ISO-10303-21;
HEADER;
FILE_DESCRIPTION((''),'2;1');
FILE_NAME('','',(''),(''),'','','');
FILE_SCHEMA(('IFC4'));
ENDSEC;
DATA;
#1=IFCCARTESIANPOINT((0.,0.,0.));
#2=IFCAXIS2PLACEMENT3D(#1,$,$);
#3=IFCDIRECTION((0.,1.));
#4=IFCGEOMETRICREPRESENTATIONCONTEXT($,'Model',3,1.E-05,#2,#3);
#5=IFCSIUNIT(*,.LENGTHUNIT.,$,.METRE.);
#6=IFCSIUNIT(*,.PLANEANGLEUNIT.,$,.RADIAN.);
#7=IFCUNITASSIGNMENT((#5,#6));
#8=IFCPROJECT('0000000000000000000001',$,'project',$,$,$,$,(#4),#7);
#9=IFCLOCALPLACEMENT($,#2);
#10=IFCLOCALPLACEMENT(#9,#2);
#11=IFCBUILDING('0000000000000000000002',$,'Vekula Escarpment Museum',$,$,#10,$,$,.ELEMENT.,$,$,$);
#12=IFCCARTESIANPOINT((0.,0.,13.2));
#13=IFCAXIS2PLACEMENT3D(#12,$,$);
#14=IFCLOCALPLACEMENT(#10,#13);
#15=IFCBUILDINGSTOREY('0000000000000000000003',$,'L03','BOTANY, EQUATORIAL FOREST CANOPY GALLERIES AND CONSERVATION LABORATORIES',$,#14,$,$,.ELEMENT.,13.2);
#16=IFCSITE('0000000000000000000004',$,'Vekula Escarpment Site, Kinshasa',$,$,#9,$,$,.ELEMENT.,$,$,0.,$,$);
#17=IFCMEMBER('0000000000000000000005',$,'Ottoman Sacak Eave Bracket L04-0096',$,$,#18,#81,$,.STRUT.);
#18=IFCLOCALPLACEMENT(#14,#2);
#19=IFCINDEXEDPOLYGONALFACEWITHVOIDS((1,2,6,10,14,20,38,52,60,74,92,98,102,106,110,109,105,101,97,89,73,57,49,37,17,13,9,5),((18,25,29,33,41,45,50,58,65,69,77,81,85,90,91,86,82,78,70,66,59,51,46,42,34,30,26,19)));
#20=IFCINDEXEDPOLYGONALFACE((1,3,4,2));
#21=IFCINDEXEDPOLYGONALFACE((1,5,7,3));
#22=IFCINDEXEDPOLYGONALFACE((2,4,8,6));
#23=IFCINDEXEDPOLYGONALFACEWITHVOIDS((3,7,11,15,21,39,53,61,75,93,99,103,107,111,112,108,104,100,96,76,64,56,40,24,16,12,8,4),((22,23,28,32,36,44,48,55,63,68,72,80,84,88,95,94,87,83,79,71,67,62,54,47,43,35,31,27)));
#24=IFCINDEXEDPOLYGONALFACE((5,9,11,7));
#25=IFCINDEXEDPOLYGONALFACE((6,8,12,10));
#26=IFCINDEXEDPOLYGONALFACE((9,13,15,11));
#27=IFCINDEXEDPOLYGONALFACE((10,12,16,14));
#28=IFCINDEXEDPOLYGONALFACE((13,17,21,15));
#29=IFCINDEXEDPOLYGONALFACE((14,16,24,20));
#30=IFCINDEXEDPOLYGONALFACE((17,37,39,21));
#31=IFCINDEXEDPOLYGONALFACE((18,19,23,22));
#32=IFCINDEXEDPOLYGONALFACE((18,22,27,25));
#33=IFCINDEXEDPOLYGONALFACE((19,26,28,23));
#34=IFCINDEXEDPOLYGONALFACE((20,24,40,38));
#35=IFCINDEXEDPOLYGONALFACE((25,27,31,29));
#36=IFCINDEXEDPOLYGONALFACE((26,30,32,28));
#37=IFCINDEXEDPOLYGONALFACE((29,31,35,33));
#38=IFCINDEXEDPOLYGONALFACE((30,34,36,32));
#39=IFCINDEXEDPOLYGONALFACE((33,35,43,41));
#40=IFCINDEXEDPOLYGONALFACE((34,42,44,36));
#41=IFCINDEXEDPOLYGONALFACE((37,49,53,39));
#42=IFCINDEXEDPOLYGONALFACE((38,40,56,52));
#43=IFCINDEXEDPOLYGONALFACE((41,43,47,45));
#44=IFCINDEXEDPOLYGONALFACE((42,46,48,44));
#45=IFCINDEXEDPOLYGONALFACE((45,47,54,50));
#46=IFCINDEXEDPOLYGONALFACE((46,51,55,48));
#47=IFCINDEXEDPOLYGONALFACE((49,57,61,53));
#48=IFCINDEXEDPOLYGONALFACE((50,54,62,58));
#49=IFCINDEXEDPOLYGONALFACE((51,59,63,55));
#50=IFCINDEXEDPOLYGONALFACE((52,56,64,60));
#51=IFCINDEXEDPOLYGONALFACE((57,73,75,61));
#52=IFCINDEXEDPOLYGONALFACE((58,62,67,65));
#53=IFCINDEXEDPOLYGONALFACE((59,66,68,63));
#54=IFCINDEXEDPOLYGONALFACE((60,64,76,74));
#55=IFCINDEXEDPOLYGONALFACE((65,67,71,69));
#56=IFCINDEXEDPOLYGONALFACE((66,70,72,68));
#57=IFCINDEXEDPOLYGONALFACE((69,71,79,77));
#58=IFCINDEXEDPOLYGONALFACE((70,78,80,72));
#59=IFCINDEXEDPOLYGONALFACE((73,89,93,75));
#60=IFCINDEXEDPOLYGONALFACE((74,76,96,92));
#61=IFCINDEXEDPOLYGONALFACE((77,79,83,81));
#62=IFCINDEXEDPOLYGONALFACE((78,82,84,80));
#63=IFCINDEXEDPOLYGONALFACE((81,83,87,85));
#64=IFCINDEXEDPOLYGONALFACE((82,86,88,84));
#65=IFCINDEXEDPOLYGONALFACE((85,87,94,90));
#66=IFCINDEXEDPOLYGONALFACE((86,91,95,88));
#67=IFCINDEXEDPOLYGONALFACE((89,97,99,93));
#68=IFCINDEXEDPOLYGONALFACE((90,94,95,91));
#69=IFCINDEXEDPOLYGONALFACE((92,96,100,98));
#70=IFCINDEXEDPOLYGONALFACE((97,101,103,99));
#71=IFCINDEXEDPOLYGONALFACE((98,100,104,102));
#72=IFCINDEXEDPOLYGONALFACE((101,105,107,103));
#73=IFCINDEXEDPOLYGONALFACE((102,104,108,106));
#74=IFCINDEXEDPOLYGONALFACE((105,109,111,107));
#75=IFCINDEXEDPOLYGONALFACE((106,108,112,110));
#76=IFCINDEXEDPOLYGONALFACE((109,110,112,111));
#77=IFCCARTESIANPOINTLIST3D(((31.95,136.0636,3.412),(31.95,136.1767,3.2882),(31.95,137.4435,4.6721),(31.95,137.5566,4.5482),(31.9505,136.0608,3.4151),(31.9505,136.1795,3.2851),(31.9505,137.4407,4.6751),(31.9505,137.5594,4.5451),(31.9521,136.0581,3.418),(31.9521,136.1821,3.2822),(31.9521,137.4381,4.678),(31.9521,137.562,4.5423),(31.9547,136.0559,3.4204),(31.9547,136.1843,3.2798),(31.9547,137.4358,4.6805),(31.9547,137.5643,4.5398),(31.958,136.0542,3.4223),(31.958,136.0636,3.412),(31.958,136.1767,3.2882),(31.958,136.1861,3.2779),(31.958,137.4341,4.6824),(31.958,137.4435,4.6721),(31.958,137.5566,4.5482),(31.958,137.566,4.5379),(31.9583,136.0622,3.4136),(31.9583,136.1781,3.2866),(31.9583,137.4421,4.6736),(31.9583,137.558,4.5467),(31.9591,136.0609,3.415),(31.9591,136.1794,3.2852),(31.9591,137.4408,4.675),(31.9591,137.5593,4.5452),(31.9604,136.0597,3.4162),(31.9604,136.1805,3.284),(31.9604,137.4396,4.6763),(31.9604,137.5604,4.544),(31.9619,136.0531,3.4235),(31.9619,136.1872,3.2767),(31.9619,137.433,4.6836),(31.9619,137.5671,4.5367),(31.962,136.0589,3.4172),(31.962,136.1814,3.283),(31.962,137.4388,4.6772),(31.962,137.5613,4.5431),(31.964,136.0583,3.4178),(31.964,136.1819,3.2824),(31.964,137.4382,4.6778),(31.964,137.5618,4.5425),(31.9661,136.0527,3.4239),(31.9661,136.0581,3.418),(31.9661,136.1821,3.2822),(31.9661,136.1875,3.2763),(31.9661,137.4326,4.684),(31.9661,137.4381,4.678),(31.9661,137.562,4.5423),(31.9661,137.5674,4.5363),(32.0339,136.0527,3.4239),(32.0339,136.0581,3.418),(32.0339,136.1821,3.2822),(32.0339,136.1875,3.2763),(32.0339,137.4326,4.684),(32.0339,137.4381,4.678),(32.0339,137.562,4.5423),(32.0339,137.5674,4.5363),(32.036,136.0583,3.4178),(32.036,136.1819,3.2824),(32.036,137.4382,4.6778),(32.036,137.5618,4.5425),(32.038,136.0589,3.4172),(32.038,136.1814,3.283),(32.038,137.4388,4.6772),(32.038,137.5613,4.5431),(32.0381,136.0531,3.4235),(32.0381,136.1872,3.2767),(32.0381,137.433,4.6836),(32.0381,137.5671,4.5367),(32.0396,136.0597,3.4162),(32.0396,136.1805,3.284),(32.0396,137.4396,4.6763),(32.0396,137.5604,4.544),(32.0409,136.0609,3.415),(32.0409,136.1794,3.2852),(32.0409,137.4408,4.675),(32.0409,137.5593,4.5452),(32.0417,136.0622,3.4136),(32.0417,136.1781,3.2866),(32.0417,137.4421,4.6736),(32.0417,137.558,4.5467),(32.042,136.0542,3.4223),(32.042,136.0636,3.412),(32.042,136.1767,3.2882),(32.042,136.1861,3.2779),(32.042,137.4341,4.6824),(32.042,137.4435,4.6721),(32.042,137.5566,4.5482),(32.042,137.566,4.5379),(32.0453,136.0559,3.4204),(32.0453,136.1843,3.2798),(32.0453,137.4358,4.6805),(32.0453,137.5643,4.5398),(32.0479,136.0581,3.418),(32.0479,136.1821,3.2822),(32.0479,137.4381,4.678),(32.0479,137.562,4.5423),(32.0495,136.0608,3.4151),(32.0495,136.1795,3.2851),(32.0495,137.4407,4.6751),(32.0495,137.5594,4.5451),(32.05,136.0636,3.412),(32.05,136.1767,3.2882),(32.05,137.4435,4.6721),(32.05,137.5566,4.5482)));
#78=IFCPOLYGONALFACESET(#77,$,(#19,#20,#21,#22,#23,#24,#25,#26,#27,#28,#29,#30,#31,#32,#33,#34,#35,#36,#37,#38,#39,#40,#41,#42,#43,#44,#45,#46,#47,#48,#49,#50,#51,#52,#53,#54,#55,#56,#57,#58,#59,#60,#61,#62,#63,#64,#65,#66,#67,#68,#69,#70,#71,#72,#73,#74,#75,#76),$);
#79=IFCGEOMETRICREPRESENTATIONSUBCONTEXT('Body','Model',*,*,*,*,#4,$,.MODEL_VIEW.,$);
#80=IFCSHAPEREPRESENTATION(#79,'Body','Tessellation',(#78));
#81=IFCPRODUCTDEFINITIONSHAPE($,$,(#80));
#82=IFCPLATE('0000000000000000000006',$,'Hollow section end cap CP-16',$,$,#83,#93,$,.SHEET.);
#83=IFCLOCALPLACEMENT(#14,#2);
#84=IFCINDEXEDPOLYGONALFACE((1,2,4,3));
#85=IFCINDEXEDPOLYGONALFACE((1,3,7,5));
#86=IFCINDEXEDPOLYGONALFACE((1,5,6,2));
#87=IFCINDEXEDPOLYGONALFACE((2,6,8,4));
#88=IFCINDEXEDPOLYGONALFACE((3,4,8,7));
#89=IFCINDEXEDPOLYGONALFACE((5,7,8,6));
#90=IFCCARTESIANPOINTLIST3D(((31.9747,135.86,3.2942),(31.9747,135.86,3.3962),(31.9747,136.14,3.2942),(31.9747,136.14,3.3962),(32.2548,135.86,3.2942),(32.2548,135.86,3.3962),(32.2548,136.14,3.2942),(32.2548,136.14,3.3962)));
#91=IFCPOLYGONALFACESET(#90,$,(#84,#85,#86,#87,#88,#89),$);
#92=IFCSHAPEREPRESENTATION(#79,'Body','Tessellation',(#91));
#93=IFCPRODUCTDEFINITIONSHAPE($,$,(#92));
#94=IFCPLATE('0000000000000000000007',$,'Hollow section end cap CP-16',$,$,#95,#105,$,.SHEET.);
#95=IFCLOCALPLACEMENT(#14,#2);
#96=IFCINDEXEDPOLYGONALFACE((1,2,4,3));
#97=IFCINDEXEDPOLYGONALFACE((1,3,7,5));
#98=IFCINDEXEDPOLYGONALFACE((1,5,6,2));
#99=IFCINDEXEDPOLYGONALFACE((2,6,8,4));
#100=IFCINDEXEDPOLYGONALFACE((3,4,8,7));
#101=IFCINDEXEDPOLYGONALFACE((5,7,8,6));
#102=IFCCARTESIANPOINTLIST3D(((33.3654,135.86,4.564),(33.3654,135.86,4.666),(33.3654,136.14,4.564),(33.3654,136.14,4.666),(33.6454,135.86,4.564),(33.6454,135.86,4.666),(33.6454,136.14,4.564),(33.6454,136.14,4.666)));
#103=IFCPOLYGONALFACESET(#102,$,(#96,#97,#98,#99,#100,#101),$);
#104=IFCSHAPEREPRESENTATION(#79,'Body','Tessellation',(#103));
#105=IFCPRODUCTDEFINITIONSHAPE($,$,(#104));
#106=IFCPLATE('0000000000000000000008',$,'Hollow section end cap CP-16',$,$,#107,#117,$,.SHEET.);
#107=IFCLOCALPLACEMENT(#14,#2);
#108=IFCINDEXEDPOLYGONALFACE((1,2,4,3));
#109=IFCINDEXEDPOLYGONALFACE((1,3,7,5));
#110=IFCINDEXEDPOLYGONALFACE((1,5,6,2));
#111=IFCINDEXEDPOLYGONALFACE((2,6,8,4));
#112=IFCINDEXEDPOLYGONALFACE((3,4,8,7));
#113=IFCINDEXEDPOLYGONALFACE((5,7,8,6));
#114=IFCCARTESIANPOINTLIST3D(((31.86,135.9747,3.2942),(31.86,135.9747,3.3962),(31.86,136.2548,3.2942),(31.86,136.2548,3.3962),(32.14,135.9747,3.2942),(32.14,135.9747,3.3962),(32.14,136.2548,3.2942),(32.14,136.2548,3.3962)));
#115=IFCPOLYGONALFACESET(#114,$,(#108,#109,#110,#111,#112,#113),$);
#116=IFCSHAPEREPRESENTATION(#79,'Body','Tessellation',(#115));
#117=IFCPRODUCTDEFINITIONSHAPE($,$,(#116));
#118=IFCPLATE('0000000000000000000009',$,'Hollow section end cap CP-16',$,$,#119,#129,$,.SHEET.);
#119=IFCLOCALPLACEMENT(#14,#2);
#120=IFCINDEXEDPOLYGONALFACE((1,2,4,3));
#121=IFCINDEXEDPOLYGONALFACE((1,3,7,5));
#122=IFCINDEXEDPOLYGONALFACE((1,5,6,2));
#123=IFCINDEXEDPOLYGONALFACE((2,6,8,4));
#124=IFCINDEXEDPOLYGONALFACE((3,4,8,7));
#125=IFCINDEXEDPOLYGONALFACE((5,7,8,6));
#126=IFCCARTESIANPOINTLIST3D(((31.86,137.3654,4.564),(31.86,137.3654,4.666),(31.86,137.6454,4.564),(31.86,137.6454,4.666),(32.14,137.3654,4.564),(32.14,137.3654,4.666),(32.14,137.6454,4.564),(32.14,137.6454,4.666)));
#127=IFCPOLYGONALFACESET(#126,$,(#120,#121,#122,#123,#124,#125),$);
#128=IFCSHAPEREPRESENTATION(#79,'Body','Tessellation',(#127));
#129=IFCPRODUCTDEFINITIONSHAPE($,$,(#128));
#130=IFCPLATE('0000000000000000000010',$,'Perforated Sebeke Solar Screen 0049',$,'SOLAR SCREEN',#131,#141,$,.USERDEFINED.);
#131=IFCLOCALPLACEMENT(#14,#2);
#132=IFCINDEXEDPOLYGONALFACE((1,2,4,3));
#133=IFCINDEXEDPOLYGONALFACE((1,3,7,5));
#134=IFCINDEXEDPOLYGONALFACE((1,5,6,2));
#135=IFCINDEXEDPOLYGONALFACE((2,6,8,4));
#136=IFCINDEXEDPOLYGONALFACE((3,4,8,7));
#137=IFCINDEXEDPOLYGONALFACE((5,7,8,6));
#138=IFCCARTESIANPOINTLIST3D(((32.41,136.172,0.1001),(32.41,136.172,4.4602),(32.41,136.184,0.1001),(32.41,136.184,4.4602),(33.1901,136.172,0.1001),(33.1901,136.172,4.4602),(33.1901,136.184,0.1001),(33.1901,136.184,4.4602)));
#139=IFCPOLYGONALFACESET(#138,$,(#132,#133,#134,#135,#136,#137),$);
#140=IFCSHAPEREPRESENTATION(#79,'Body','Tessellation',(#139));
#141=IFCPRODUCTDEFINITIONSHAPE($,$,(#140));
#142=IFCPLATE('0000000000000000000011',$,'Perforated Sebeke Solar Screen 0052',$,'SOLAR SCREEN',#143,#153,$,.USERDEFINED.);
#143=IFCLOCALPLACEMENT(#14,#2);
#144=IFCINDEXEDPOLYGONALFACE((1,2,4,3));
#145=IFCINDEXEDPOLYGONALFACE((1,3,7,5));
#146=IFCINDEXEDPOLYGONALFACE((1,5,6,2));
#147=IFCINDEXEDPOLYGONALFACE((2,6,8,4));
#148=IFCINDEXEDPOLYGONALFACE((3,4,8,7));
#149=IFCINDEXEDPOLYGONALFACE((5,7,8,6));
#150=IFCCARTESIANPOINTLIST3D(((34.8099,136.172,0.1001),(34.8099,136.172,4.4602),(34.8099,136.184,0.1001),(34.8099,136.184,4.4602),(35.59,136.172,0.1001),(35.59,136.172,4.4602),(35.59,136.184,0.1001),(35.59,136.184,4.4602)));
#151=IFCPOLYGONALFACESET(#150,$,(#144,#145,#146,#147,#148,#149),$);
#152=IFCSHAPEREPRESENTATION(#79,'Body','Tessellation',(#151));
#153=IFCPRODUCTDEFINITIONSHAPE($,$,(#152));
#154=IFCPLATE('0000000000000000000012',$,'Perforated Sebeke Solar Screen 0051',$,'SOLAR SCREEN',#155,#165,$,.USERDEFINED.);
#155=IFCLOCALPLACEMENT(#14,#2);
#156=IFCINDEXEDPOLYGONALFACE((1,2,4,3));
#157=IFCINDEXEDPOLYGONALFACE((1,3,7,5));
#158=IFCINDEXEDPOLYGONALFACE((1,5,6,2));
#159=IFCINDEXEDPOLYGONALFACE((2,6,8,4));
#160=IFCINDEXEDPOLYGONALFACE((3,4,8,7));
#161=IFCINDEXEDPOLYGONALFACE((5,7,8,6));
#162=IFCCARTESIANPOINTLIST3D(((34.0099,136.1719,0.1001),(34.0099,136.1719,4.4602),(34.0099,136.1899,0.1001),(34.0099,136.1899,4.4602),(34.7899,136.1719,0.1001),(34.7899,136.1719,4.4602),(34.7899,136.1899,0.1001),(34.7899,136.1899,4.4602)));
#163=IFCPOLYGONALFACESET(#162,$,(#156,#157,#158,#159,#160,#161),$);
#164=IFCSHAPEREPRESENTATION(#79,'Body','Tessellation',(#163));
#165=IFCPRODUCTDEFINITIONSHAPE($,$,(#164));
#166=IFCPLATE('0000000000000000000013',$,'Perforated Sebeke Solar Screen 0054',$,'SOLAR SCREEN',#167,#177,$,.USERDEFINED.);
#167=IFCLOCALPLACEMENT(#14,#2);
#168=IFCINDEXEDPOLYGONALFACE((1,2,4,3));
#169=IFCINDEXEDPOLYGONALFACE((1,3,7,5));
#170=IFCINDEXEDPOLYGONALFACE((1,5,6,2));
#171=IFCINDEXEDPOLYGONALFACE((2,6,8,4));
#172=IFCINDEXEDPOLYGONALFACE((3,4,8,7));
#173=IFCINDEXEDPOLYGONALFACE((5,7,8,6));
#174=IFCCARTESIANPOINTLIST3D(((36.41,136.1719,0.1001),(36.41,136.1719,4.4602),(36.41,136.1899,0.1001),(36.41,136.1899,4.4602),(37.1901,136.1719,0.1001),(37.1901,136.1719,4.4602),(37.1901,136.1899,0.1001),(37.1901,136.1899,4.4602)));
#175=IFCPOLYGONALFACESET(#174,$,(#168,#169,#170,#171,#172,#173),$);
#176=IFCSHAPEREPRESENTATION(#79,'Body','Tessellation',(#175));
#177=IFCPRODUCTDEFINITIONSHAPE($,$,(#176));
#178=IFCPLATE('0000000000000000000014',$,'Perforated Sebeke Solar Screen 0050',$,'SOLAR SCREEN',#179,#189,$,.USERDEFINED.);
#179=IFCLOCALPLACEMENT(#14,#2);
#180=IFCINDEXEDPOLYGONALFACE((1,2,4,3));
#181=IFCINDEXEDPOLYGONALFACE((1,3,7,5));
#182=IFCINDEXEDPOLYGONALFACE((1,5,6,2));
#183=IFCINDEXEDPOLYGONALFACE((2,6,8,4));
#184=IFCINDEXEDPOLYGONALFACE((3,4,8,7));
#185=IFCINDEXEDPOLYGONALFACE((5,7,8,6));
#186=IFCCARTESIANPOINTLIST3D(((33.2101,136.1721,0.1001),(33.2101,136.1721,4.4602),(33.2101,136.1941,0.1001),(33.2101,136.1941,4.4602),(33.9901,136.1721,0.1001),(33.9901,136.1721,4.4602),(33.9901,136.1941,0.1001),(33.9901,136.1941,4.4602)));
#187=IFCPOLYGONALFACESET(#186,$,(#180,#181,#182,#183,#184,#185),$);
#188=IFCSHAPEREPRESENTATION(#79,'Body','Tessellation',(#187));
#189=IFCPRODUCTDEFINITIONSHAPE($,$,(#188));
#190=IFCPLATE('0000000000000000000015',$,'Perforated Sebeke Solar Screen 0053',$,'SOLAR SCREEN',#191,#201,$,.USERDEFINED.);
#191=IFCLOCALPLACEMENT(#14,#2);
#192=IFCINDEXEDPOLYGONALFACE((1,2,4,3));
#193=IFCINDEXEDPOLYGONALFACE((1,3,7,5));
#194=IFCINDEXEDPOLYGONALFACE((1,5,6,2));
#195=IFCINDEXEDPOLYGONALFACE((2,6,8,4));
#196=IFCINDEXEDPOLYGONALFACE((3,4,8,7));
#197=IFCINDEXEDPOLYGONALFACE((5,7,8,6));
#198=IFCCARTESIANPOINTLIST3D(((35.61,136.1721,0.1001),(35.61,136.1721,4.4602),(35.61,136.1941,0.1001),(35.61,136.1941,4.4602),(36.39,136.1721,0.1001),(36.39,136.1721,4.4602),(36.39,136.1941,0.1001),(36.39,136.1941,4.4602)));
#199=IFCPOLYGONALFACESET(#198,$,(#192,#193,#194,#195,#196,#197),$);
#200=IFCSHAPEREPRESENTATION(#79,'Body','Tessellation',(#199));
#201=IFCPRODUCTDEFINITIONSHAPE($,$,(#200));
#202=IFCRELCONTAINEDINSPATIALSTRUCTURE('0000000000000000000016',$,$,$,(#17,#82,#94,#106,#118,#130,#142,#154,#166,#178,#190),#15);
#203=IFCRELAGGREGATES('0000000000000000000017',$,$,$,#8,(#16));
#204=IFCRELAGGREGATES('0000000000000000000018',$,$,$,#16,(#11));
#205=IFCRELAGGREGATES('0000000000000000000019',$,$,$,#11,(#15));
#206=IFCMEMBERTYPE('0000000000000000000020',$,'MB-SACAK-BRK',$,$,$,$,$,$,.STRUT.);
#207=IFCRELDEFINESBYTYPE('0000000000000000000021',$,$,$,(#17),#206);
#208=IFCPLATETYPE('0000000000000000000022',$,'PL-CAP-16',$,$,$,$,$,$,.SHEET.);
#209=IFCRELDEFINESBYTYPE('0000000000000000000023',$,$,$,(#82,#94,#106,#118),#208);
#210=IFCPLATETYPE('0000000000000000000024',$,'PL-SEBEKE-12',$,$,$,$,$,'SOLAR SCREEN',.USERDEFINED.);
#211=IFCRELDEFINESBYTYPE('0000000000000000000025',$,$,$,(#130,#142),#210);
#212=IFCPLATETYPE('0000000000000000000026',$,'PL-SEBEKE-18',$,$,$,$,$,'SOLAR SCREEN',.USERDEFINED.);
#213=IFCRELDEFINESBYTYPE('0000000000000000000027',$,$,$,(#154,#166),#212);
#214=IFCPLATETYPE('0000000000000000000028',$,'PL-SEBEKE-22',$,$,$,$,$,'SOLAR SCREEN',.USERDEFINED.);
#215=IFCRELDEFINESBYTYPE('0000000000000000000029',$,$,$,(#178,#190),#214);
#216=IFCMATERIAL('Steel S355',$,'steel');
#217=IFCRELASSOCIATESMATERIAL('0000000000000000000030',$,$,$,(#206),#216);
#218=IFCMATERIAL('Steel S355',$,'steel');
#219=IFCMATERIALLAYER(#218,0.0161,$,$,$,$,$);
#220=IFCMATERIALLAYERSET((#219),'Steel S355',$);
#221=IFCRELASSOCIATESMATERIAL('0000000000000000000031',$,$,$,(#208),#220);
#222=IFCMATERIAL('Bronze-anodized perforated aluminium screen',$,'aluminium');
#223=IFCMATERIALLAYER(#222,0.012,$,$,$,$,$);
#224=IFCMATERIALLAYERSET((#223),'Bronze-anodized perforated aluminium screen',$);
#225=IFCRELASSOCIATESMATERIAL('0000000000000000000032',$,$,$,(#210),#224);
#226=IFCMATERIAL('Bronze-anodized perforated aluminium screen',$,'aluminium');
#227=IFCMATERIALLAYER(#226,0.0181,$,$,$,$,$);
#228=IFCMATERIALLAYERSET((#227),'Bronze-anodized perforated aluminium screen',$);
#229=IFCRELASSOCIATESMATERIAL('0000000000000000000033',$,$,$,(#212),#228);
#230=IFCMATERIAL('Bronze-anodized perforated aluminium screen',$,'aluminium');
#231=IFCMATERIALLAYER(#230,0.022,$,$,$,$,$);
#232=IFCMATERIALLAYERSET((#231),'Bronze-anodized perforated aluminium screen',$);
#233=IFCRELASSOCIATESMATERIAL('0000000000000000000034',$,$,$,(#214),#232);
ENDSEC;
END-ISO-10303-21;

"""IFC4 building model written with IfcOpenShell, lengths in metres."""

from ifc_helpers import new_model, si_unit, direction, frame, origin, origin_2d, place, context, subcontext, project, spatial, rectangle, hollow_rectangle, extrude, material, layer, layer_set, material_profile, profile_set, type_object, element, save


model = new_model("IFC4")

# Units and contexts
model_context = context("Model", 3, precision=1e-05, world=origin(), true_north=direction((0.0, 1.0)))
body_context = subcontext(model_context, "Body", "Model", "MODEL_VIEW")
ifc_project = project(units=[si_unit("LENGTHUNIT", "METRE"), si_unit("PLANEANGLEUNIT", "RADIAN")], contexts=[model_context])

# Site, building, storey
site_placement = place(None, origin())
site = spatial("IfcSite", under=ifc_project, at=site_placement, Name="Vekula Escarpment Site, Kinshasa", CompositionType="ELEMENT", RefElevation=0.0)
building_placement = place(site_placement, origin())
building = spatial("IfcBuilding", under=site, at=building_placement, Name="Vekula Escarpment Museum", CompositionType="ELEMENT")
storey_placement = place(building_placement, frame((0.0, 0.0, 13.2)))
storey = spatial("IfcBuildingStorey", under=building, at=storey_placement, Name="L03", Description="BOTANY, EQUATORIAL FOREST CANOPY GALLERIES AND CONSERVATION LABORATORIES", CompositionType="ELEMENT", Elevation=13.2)

# Member
ifc_material_1 = material(Name="Steel S355", Category="steel")
ifc_material_profile_1 = material_profile(ifc_material_1, hollow_rectangle(XDim=0.1001, YDim=0.2, WallThickness=0.0081, InnerFilletRadius=0.0081, OuterFilletRadius=0.0161, at=origin_2d()), Name="RHS 200x100x8")
ifc_profile_set_1 = profile_set([ifc_material_profile_1], Name="Steel S355")
member_type = type_object("IfcMemberType", Name="MB-SACAK-BRK", PredefinedType="STRUT", material=ifc_profile_set_1)
for number, where, z_axis, x_axis, name in (
    (1, (32.0, 136.1201, 3.3501), (0.0, 0.738454, 0.674303), (-1.0, 0.0, 0.0), "Ottoman Sacak Eave Bracket L04-0096"),
):
    element("IfcMember", number, at=place(storey_placement, frame(where, z_axis=z_axis, x_axis=x_axis)), inside=storey, type_object=member_type, Name=name, PredefinedType="STRUT", context=body_context, shape_type="SweptSolid", body=[
        extrude(hollow_rectangle(XDim=0.1001, YDim=0.2, WallThickness=0.0081, InnerFilletRadius=0.0081, OuterFilletRadius=0.0161, at=origin_2d()), origin(), (0.0, 0.0, 1.0), 1.8687),
    ])

# Plates
ifc_material_2 = material(Name="Steel S355", Category="steel")
ifc_layer_1 = layer(ifc_material_2, 0.0161)
ifc_layer_set_1 = layer_set([ifc_layer_1], Name="Steel S355")
plate_type_1 = type_object("IfcPlateType", Name="PL-CAP-16", PredefinedType="SHEET", material=ifc_layer_set_1)
for number, where, z_axis, x_axis, name in (
    (2, (32.1147, 136.0, 3.2942), (0.0, 0.0, 1.0), (1.0, 0.0, 0.0), "Hollow section end cap CP-16"),
    (3, (33.5054, 136.0, 4.564), (0.0, 0.0, 1.0), (1.0, 0.0, 0.0), "Hollow section end cap CP-16"),
    (4, (32.0, 136.1147, 3.2942), (0.0, 0.0, 1.0), (1.0, 0.0, 0.0), "Hollow section end cap CP-16"),
    (5, (32.0, 137.5054, 4.564), (0.0, 0.0, 1.0), (1.0, 0.0, 0.0), "Hollow section end cap CP-16"),
):
    element("IfcPlate", number, at=place(storey_placement, frame(where, z_axis=z_axis, x_axis=x_axis)), inside=storey, type_object=plate_type_1, Name=name, PredefinedType="SHEET", context=body_context, shape_type="SweptSolid", body=[
        extrude(rectangle(XDim=0.28, YDim=0.28, at=origin_2d()), origin(), (0.0, 0.0, 1.0), 0.1021),
    ])
ifc_material_3 = material(Name="Bronze-anodized perforated aluminium screen", Category="aluminium")
ifc_layer_2 = layer(ifc_material_3, 0.012)
ifc_layer_set_2 = layer_set([ifc_layer_2], Name="Bronze-anodized perforated aluminium screen")
plate_type_2 = type_object("IfcPlateType", Name="PL-SEBEKE-12", ElementType="SOLAR SCREEN", PredefinedType="USERDEFINED", material=ifc_layer_set_2)
for number, where, z_axis, x_axis, name in (
    (6, (32.8, 136.178, 0.1001), (0.0, 0.0, 1.0), (1.0, 0.0, 0.0), "Perforated Sebeke Solar Screen 0049"),
    (7, (35.2, 136.178, 0.1001), (0.0, 0.0, 1.0), (1.0, 0.0, 0.0), "Perforated Sebeke Solar Screen 0052"),
):
    element("IfcPlate", number, at=place(storey_placement, frame(where, z_axis=z_axis, x_axis=x_axis)), inside=storey, type_object=plate_type_2, Name=name, ObjectType="SOLAR SCREEN", PredefinedType="USERDEFINED", context=body_context, shape_type="SweptSolid", body=[
        extrude(rectangle(XDim=0.78, YDim=0.012, at=origin_2d()), origin(), (0.0, 0.0, 1.0), 4.3601),
    ])
ifc_material_4 = material(Name="Bronze-anodized perforated aluminium screen", Category="aluminium")
ifc_layer_3 = layer(ifc_material_4, 0.0181)
ifc_layer_set_3 = layer_set([ifc_layer_3], Name="Bronze-anodized perforated aluminium screen")
plate_type_3 = type_object("IfcPlateType", Name="PL-SEBEKE-18", ElementType="SOLAR SCREEN", PredefinedType="USERDEFINED", material=ifc_layer_set_3)
for number, where, z_axis, x_axis, name in (
    (8, (34.3999, 136.1809, 0.1001), (0.0, 0.0, 1.0), (1.0, 0.0, 0.0), "Perforated Sebeke Solar Screen 0051"),
    (9, (36.8, 136.1809, 0.1001), (0.0, 0.0, 1.0), (1.0, 0.0, 0.0), "Perforated Sebeke Solar Screen 0054"),
):
    element("IfcPlate", number, at=place(storey_placement, frame(where, z_axis=z_axis, x_axis=x_axis)), inside=storey, type_object=plate_type_3, Name=name, ObjectType="SOLAR SCREEN", PredefinedType="USERDEFINED", context=body_context, shape_type="SweptSolid", body=[
        extrude(rectangle(XDim=0.78, YDim=0.0181, at=origin_2d()), origin(), (0.0, 0.0, 1.0), 4.3601),
    ])
ifc_material_5 = material(Name="Bronze-anodized perforated aluminium screen", Category="aluminium")
ifc_layer_4 = layer(ifc_material_5, 0.022)
ifc_layer_set_4 = layer_set([ifc_layer_4], Name="Bronze-anodized perforated aluminium screen")
plate_type_4 = type_object("IfcPlateType", Name="PL-SEBEKE-22", ElementType="SOLAR SCREEN", PredefinedType="USERDEFINED", material=ifc_layer_set_4)
for number, where, z_axis, x_axis, name in (
    (10, (33.6001, 136.1831, 0.1001), (0.0, 0.0, 1.0), (1.0, 0.0, 0.0), "Perforated Sebeke Solar Screen 0050"),
    (11, (36.0, 136.1831, 0.1001), (0.0, 0.0, 1.0), (1.0, 0.0, 0.0), "Perforated Sebeke Solar Screen 0053"),
):
    element("IfcPlate", number, at=place(storey_placement, frame(where, z_axis=z_axis, x_axis=x_axis)), inside=storey, type_object=plate_type_4, Name=name, ObjectType="SOLAR SCREEN", PredefinedType="USERDEFINED", context=body_context, shape_type="SweptSolid", body=[
        extrude(rectangle(XDim=0.78, YDim=0.022, at=origin_2d()), origin(), (0.0, 0.0, 1.0), 4.3601),
    ])

save(model, "model.ifc")
